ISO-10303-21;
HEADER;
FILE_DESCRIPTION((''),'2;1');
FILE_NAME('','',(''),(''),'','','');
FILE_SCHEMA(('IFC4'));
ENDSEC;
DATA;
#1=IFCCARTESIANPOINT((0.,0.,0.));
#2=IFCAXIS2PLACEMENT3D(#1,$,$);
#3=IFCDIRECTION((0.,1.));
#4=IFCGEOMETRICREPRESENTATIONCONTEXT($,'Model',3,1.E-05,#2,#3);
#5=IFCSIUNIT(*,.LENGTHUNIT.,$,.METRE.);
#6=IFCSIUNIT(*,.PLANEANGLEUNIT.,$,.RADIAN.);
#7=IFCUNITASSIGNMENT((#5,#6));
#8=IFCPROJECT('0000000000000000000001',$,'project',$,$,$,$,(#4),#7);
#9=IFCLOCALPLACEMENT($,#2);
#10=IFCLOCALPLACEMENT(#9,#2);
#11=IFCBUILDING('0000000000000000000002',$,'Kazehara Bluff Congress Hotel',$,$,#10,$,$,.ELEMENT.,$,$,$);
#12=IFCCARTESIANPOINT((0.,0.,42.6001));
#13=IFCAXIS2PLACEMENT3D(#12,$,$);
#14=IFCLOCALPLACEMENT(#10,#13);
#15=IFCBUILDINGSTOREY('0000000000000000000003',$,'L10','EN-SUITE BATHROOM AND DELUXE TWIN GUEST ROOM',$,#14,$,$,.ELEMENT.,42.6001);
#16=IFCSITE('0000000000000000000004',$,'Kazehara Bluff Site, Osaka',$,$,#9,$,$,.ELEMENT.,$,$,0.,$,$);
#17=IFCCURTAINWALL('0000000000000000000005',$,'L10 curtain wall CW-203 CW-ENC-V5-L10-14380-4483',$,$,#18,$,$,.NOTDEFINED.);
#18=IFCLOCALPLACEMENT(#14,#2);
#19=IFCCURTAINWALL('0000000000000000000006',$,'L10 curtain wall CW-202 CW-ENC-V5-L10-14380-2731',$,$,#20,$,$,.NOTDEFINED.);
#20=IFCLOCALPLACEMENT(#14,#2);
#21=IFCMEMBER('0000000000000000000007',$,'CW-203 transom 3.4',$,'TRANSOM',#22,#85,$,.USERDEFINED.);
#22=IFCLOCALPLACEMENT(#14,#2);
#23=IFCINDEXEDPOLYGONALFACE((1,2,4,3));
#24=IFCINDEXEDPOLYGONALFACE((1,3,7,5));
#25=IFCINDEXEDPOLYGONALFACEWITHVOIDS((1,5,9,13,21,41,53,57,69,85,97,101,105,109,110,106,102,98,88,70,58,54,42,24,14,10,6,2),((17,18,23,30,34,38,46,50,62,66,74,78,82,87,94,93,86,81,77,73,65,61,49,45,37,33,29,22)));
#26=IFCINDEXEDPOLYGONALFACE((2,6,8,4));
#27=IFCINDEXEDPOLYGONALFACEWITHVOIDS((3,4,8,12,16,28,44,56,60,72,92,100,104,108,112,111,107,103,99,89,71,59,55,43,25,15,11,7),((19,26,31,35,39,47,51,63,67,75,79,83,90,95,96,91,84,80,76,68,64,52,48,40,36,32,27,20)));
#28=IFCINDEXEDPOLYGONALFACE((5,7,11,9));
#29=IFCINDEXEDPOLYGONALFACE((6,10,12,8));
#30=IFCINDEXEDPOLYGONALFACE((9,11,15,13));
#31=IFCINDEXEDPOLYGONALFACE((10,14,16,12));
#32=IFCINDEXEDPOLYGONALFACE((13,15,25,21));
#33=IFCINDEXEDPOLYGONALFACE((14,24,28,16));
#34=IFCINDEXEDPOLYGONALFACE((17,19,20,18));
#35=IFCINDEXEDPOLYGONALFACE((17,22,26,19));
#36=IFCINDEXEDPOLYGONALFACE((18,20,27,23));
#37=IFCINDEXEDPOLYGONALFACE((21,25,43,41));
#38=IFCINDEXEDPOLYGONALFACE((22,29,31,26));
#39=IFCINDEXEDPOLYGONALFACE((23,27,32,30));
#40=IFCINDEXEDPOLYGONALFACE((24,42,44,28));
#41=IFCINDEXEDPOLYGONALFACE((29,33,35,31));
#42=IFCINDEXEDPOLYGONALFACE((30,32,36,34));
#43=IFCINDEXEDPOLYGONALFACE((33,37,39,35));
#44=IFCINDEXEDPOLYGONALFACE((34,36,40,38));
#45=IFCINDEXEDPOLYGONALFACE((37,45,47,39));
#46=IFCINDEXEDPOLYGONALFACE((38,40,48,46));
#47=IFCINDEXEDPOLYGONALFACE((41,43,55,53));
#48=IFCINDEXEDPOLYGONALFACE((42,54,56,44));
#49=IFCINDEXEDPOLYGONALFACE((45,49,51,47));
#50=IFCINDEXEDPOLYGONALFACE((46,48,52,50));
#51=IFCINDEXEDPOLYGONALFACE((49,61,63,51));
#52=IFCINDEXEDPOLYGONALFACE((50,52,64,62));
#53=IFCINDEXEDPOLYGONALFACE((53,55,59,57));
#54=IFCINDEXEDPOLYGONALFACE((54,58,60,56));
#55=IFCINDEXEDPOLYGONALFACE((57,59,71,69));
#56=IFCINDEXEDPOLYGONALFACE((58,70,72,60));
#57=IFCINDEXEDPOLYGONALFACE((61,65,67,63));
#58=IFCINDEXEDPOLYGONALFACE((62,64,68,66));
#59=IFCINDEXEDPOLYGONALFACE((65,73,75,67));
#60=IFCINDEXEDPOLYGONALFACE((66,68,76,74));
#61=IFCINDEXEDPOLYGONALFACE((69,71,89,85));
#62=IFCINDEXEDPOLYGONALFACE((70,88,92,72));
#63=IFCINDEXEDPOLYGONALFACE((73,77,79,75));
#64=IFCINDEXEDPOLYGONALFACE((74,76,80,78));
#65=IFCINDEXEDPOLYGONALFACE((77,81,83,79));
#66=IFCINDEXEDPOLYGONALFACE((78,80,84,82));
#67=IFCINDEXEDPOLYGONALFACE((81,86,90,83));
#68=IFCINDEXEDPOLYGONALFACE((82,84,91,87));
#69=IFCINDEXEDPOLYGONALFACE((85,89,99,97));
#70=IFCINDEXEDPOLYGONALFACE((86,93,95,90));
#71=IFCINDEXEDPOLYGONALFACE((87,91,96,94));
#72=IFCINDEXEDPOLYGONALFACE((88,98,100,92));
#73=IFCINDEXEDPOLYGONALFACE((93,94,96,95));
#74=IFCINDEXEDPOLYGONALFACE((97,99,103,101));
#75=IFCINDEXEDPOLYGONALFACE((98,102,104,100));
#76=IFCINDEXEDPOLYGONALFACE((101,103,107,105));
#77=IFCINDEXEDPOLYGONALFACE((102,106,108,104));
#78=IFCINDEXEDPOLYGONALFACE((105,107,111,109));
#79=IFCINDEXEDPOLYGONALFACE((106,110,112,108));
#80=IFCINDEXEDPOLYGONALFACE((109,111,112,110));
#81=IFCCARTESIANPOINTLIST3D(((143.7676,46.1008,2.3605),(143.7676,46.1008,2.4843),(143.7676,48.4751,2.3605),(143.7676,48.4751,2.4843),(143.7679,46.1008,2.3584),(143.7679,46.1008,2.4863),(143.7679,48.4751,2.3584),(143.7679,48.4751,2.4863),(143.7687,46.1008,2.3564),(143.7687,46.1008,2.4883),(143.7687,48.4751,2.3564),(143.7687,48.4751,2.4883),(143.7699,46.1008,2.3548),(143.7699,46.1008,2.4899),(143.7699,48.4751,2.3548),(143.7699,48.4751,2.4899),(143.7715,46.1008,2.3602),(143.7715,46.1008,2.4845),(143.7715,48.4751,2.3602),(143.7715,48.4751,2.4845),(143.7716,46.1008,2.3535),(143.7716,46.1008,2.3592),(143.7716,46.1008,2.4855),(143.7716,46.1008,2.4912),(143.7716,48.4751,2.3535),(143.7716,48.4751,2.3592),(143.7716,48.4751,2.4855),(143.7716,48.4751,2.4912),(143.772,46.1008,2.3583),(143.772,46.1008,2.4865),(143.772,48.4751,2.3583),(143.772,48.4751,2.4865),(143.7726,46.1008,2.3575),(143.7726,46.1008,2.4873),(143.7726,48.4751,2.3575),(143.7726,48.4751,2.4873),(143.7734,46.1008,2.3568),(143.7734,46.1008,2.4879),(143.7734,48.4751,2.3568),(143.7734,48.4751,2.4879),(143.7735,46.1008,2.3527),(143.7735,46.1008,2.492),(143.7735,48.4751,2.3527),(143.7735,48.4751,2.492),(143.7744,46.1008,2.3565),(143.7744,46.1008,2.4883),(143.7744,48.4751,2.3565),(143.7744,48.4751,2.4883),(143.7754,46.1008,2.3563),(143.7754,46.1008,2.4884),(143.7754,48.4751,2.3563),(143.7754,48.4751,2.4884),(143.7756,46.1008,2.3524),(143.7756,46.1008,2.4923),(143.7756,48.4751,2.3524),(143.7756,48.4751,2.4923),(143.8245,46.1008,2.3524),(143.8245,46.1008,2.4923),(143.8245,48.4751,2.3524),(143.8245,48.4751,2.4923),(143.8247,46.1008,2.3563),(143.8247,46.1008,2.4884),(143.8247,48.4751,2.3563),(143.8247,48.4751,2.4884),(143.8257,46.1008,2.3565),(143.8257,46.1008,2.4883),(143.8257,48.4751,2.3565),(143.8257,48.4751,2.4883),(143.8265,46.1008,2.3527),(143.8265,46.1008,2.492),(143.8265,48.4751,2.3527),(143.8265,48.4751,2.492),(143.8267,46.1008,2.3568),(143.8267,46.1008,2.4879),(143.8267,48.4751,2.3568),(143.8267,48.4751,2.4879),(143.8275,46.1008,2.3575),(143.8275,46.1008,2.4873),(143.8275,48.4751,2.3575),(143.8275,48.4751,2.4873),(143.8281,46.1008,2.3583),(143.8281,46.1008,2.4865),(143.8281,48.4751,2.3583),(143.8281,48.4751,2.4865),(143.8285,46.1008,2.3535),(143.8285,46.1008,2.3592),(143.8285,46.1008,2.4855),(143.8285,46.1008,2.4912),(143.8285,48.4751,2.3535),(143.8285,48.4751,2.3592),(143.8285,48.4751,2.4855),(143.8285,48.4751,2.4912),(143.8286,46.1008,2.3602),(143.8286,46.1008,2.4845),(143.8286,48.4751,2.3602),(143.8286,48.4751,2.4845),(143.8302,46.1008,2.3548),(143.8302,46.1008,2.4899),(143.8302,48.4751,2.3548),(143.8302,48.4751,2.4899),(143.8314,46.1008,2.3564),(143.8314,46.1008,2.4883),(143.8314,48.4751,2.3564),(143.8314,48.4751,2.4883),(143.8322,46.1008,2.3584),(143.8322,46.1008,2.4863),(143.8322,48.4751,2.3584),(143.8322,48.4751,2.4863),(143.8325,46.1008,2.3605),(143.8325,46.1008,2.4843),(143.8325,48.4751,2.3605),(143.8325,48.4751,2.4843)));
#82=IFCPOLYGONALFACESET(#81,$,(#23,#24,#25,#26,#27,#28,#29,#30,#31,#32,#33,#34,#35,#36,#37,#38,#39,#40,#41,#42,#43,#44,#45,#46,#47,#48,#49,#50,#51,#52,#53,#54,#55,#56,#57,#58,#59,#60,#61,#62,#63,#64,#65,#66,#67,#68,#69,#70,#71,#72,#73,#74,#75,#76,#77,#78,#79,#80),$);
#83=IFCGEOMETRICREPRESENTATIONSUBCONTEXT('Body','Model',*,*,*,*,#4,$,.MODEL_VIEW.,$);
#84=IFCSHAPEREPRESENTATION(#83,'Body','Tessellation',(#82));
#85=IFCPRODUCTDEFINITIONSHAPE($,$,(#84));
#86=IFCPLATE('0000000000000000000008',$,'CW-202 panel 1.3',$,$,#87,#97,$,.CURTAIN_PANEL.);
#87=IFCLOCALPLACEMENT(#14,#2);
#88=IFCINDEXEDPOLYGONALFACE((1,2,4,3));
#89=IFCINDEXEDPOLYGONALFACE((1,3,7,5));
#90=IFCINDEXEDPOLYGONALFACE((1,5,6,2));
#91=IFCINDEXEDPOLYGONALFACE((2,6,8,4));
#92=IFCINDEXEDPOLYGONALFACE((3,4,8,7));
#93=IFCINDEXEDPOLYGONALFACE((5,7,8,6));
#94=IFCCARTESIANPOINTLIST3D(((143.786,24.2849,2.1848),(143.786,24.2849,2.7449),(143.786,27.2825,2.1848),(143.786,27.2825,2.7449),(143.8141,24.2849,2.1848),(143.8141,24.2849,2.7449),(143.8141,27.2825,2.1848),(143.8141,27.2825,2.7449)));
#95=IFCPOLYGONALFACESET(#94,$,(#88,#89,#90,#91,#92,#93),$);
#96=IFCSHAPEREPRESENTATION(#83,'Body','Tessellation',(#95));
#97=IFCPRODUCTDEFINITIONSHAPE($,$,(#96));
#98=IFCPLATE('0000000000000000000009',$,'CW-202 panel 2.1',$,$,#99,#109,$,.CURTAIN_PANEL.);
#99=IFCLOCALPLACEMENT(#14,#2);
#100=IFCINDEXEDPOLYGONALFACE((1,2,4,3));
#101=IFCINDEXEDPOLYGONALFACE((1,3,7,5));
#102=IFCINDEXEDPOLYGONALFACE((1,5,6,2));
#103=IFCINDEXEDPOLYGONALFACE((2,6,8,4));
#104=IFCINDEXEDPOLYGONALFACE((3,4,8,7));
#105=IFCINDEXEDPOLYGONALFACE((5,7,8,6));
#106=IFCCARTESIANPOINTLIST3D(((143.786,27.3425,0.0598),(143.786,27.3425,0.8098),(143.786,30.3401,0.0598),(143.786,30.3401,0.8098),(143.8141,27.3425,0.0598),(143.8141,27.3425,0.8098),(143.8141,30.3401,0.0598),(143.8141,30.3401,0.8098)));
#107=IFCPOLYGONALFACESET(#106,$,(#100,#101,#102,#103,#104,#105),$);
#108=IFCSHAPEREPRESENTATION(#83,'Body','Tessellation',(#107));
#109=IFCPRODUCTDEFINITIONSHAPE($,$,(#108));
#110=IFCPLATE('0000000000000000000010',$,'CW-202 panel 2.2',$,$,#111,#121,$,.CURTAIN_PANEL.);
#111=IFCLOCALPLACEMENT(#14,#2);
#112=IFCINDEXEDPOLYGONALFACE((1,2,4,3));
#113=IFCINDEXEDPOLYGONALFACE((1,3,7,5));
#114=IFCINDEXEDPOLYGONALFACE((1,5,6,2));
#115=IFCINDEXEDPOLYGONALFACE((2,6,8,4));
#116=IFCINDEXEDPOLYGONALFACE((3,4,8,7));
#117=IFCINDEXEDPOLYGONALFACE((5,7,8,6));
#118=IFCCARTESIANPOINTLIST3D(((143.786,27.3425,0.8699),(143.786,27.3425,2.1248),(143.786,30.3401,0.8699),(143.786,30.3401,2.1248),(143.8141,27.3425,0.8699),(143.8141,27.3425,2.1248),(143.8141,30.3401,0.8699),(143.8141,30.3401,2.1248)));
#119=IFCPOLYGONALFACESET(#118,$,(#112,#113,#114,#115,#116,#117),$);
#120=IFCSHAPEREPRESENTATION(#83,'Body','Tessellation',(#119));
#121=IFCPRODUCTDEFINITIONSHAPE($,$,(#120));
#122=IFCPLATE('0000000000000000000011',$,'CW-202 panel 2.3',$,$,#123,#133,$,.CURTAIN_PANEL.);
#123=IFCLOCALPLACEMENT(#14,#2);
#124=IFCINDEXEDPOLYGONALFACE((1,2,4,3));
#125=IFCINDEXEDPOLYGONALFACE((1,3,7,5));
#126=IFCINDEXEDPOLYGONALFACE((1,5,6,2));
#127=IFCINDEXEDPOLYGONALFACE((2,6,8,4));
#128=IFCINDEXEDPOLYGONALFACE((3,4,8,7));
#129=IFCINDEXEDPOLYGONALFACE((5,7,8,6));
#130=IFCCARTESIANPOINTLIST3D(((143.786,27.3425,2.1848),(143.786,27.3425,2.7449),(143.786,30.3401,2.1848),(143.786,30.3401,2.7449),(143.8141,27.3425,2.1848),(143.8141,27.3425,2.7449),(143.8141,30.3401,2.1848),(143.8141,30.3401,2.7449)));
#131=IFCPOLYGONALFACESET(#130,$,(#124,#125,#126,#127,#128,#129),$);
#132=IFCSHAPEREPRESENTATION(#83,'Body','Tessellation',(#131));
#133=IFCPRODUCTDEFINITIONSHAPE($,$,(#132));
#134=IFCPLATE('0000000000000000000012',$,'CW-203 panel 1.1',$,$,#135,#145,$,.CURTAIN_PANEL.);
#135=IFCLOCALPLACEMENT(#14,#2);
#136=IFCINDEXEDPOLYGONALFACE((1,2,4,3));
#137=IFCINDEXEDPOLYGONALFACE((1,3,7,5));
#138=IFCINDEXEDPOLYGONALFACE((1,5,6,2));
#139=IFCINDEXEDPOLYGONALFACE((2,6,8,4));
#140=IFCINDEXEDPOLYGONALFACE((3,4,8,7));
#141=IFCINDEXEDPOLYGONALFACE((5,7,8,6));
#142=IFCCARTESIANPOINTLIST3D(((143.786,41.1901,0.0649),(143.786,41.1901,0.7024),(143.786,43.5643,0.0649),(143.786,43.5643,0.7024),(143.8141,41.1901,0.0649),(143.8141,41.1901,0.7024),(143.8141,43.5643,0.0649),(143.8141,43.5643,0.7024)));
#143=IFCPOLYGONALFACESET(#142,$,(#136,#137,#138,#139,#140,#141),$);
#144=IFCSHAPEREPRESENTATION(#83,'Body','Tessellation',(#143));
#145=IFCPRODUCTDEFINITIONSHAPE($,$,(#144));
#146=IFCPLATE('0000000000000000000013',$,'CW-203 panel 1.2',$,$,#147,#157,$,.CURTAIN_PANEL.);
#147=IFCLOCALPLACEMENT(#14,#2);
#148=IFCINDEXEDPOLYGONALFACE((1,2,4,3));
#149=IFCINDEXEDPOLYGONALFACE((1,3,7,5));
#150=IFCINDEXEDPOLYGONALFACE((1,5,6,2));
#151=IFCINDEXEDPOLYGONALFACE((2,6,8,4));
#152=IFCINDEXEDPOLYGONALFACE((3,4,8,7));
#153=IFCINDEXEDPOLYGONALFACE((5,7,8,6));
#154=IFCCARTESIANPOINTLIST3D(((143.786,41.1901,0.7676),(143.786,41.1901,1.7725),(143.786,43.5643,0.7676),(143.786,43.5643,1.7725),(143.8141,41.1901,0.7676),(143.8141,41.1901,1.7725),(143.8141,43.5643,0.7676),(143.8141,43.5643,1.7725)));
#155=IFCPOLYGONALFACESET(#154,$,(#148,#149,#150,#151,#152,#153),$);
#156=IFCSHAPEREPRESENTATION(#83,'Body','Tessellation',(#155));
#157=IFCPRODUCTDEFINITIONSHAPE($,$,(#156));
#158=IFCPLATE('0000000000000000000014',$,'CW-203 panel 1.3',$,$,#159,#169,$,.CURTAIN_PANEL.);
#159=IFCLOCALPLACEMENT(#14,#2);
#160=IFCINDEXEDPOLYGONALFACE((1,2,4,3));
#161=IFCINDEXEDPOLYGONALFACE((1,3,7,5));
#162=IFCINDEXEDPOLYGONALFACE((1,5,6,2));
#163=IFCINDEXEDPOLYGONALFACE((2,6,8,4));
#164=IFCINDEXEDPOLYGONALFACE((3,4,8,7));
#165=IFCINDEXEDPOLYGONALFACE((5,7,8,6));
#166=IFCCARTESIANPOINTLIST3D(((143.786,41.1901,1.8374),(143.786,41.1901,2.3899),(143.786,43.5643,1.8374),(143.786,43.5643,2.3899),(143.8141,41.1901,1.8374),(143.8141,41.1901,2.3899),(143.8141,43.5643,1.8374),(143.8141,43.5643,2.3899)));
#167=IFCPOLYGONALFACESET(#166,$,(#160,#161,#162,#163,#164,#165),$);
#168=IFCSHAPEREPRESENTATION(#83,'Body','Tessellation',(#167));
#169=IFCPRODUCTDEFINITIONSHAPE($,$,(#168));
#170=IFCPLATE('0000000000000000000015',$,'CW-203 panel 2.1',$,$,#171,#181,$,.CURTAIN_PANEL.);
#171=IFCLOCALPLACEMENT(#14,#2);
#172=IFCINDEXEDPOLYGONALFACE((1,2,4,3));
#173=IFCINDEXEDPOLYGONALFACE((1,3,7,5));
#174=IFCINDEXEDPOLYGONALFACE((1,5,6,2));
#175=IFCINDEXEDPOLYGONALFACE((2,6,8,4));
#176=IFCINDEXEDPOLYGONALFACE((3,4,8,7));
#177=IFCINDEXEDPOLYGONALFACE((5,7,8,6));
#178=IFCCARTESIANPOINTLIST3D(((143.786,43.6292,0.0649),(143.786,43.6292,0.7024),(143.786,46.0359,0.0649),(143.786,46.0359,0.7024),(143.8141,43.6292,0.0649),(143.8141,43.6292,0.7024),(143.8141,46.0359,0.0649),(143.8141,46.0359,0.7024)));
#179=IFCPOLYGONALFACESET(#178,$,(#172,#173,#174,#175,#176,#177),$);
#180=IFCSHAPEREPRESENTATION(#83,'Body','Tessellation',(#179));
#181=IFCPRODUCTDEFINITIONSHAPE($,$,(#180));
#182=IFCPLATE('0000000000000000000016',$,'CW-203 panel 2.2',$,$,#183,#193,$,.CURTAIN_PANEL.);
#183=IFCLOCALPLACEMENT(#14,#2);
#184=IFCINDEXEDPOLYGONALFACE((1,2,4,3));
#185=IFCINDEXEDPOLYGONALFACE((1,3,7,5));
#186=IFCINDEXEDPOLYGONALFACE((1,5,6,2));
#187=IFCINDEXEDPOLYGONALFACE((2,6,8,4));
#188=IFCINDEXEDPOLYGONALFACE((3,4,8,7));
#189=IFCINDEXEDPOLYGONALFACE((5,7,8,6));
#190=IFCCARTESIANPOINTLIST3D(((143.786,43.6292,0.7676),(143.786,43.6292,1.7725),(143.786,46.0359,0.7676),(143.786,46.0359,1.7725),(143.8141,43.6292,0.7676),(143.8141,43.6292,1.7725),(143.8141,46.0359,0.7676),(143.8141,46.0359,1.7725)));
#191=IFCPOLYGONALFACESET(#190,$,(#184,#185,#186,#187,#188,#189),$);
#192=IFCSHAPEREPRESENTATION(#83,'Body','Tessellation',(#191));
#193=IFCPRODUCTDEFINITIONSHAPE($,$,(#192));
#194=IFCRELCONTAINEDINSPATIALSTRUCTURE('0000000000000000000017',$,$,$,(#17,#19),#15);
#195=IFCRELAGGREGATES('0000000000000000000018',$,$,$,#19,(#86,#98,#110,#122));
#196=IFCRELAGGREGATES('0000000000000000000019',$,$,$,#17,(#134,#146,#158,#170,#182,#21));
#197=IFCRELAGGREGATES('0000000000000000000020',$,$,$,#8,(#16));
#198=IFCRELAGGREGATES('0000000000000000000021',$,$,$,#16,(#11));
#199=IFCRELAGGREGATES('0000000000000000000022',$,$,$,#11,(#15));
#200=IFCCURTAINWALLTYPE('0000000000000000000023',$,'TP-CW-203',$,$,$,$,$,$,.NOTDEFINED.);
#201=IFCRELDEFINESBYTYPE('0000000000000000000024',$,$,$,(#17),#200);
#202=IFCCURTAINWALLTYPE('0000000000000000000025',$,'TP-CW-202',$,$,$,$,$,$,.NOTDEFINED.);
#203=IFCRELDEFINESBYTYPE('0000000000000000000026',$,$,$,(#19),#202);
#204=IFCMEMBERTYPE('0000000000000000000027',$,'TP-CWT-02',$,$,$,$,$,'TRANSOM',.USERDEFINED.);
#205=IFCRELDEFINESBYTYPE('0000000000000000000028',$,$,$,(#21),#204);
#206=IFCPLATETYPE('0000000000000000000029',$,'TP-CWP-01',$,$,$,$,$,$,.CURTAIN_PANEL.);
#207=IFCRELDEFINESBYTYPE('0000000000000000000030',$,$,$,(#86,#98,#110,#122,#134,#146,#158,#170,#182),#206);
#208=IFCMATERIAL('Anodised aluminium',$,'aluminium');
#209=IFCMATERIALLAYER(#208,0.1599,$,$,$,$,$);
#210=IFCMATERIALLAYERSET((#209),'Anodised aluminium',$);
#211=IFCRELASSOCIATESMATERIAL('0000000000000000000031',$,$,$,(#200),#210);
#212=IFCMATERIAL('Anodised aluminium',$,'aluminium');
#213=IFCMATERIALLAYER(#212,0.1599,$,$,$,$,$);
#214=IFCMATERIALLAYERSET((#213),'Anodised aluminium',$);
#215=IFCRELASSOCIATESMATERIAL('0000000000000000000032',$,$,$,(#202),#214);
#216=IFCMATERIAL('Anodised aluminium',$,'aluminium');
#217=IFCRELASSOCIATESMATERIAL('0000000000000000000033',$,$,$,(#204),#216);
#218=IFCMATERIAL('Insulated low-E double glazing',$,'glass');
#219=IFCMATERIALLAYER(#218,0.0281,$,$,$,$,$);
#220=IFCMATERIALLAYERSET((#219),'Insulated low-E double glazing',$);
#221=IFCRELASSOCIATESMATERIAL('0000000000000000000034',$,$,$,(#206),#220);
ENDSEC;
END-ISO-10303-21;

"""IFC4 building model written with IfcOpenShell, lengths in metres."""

from ifc_helpers import new_model, si_unit, direction, frame, origin, origin_2d, place, context, subcontext, project, spatial, rectangle, hollow_rectangle, extrude, material, layer, layer_set, material_profile, profile_set, type_object, element, aggregate, save


model = new_model("IFC4")

# Units and contexts
model_context = context("Model", 3, precision=1e-05, world=origin(), true_north=direction((0.0, 1.0)))
body_context = subcontext(model_context, "Body", "Model", "MODEL_VIEW")
ifc_project = project(units=[si_unit("LENGTHUNIT", "METRE"), si_unit("PLANEANGLEUNIT", "RADIAN")], contexts=[model_context])

# Site, building, storey
site_placement = place(None, origin())
site = spatial("IfcSite", under=ifc_project, at=site_placement, Name="Kazehara Bluff Site, Osaka", CompositionType="ELEMENT", RefElevation=0.0)
building_placement = place(site_placement, origin())
building = spatial("IfcBuilding", under=site, at=building_placement, Name="Kazehara Bluff Congress Hotel", CompositionType="ELEMENT")
storey_placement = place(building_placement, frame((0.0, 0.0, 42.6001)))
storey = spatial("IfcBuildingStorey", under=building, at=storey_placement, Name="L10", Description="EN-SUITE BATHROOM AND DELUXE TWIN GUEST ROOM", CompositionType="ELEMENT", Elevation=42.6001)

# Curtain walls
ifc_material_1 = material(Name="Anodised aluminium", Category="aluminium")
ifc_layer_1 = layer(ifc_material_1, 0.1599)
ifc_layer_set_1 = layer_set([ifc_layer_1], Name="Anodised aluminium")
curtain_wall_type_1 = type_object("IfcCurtainWallType", Name="TP-CW-203", PredefinedType="NOTDEFINED", material=ifc_layer_set_1)
curtain_wall_1_placement = place(storey_placement, origin())
curtain_wall_1 = element("IfcCurtainWall", 1, at=curtain_wall_1_placement, inside=storey, type_object=curtain_wall_type_1, Name="L10 curtain wall CW-203 CW-ENC-V5-L10-14380-4483", PredefinedType="NOTDEFINED")
ifc_material_2 = material(Name="Anodised aluminium", Category="aluminium")
ifc_layer_2 = layer(ifc_material_2, 0.1599)
ifc_layer_set_2 = layer_set([ifc_layer_2], Name="Anodised aluminium")
curtain_wall_type_2 = type_object("IfcCurtainWallType", Name="TP-CW-202", PredefinedType="NOTDEFINED", material=ifc_layer_set_2)
curtain_wall_2_placement = place(storey_placement, origin())
curtain_wall_2 = element("IfcCurtainWall", 2, at=curtain_wall_2_placement, inside=storey, type_object=curtain_wall_type_2, Name="L10 curtain wall CW-202 CW-ENC-V5-L10-14380-2731", PredefinedType="NOTDEFINED")

# Member
ifc_material_3 = material(Name="Anodised aluminium", Category="aluminium")
ifc_material_profile_1 = material_profile(ifc_material_3, hollow_rectangle(XDim=0.0649, YDim=0.1399, WallThickness=0.0039, InnerFilletRadius=0.0039, OuterFilletRadius=0.0081, at=origin_2d()))
ifc_profile_set_1 = profile_set([ifc_material_profile_1], Name="Anodised aluminium")
member_type_1 = type_object("IfcMemberType", Name="TP-CWT-02", ElementType="TRANSOM", PredefinedType="USERDEFINED", material=ifc_profile_set_1)
member_1_placement = place(storey_placement, frame((143.8, 46.1008, 2.4224), z_axis=(0.0, 1.0, 0.0), x_axis=(-1.0, 0.0, 0.0)))
member_1 = element("IfcMember", 3, at=member_1_placement, type_object=member_type_1, Name="CW-203 transom 3.4", ObjectType="TRANSOM", PredefinedType="USERDEFINED", context=body_context, shape_type="SweptSolid", body=[
    extrude(hollow_rectangle(XDim=0.0649, YDim=0.1399, WallThickness=0.0039, InnerFilletRadius=0.0039, OuterFilletRadius=0.0081, at=origin_2d()), origin(), (0.0, 0.0, 1.0), 2.3743),
])

# Plates
ifc_material_4 = material(Name="Insulated low-E double glazing", Category="glass")
ifc_layer_3 = layer(ifc_material_4, 0.0281)
ifc_layer_set_3 = layer_set([ifc_layer_3], Name="Insulated low-E double glazing")
plate_type = type_object("IfcPlateType", Name="TP-CWP-01", PredefinedType="CURTAIN_PANEL", material=ifc_layer_set_3)
plate_1_placement = place(storey_placement, frame((143.8, 25.7837, 2.1848), z_axis=(0.0, 0.0, 1.0), x_axis=(0.0, 1.0, 0.0)))
plate_1 = element("IfcPlate", 4, at=plate_1_placement, type_object=plate_type, Name="CW-202 panel 1.3", PredefinedType="CURTAIN_PANEL", context=body_context, shape_type="SweptSolid", body=[
    extrude(rectangle(XDim=2.9976, YDim=0.0281, at=origin_2d()), origin(), (0.0, 0.0, 1.0), 0.5601),
])
plate_2_placement = place(storey_placement, frame((143.8, 28.8413, 0.0598), z_axis=(0.0, 0.0, 1.0), x_axis=(0.0, 1.0, 0.0)))
plate_2 = element("IfcPlate", 5, at=plate_2_placement, type_object=plate_type, Name="CW-202 panel 2.1", PredefinedType="CURTAIN_PANEL", context=body_context, shape_type="SweptSolid", body=[
    extrude(rectangle(XDim=2.9976, YDim=0.0281, at=origin_2d()), origin(), (0.0, 0.0, 1.0), 0.75),
])
plate_3_placement = place(storey_placement, frame((143.8, 28.8413, 0.8699), z_axis=(0.0, 0.0, 1.0), x_axis=(0.0, 1.0, 0.0)))
plate_3 = element("IfcPlate", 6, at=plate_3_placement, type_object=plate_type, Name="CW-202 panel 2.2", PredefinedType="CURTAIN_PANEL", context=body_context, shape_type="SweptSolid", body=[
    extrude(rectangle(XDim=2.9976, YDim=0.0281, at=origin_2d()), origin(), (0.0, 0.0, 1.0), 1.2549),
])
plate_4_placement = place(storey_placement, frame((143.8, 28.8413, 2.1848), z_axis=(0.0, 0.0, 1.0), x_axis=(0.0, 1.0, 0.0)))
plate_4 = element("IfcPlate", 7, at=plate_4_placement, type_object=plate_type, Name="CW-202 panel 2.3", PredefinedType="CURTAIN_PANEL", context=body_context, shape_type="SweptSolid", body=[
    extrude(rectangle(XDim=2.9976, YDim=0.0281, at=origin_2d()), origin(), (0.0, 0.0, 1.0), 0.5601),
])
aggregate(curtain_wall_2, [plate_1, plate_2, plate_3, plate_4])
plate_5_placement = place(storey_placement, frame((143.8, 42.3772, 0.0649), z_axis=(0.0, 0.0, 1.0), x_axis=(0.0, 1.0, 0.0)))
plate_5 = element("IfcPlate", 8, at=plate_5_placement, type_object=plate_type, Name="CW-203 panel 1.1", PredefinedType="CURTAIN_PANEL", context=body_context, shape_type="SweptSolid", body=[
    extrude(rectangle(XDim=2.3743, YDim=0.0281, at=origin_2d()), origin(), (0.0, 0.0, 1.0), 0.6375),
])
plate_6_placement = place(storey_placement, frame((143.8, 42.3772, 0.7676), z_axis=(0.0, 0.0, 1.0), x_axis=(0.0, 1.0, 0.0)))
plate_6 = element("IfcPlate", 9, at=plate_6_placement, type_object=plate_type, Name="CW-203 panel 1.2", PredefinedType="CURTAIN_PANEL", context=body_context, shape_type="SweptSolid", body=[
    extrude(rectangle(XDim=2.3743, YDim=0.0281, at=origin_2d()), origin(), (0.0, 0.0, 1.0), 1.0049),
])
plate_7_placement = place(storey_placement, frame((143.8, 42.3772, 1.8374), z_axis=(0.0, 0.0, 1.0), x_axis=(0.0, 1.0, 0.0)))
plate_7 = element("IfcPlate", 10, at=plate_7_placement, type_object=plate_type, Name="CW-203 panel 1.3", PredefinedType="CURTAIN_PANEL", context=body_context, shape_type="SweptSolid", body=[
    extrude(rectangle(XDim=2.3743, YDim=0.0281, at=origin_2d()), origin(), (0.0, 0.0, 1.0), 0.5525),
])
plate_8_placement = place(storey_placement, frame((143.8, 44.8325, 0.0649), z_axis=(0.0, 0.0, 1.0), x_axis=(0.0, 1.0, 0.0)))
plate_8 = element("IfcPlate", 11, at=plate_8_placement, type_object=plate_type, Name="CW-203 panel 2.1", PredefinedType="CURTAIN_PANEL", context=body_context, shape_type="SweptSolid", body=[
    extrude(rectangle(XDim=2.4067, YDim=0.0281, at=origin_2d()), origin(), (0.0, 0.0, 1.0), 0.6375),
])
plate_9_placement = place(storey_placement, frame((143.8, 44.8325, 0.7676), z_axis=(0.0, 0.0, 1.0), x_axis=(0.0, 1.0, 0.0)))
plate_9 = element("IfcPlate", 12, at=plate_9_placement, type_object=plate_type, Name="CW-203 panel 2.2", PredefinedType="CURTAIN_PANEL", context=body_context, shape_type="SweptSolid", body=[
    extrude(rectangle(XDim=2.4067, YDim=0.0281, at=origin_2d()), origin(), (0.0, 0.0, 1.0), 1.0049),
])
aggregate(curtain_wall_1, [plate_5, plate_6, plate_7, plate_8, plate_9, member_1])

save(model, "model.ifc")
